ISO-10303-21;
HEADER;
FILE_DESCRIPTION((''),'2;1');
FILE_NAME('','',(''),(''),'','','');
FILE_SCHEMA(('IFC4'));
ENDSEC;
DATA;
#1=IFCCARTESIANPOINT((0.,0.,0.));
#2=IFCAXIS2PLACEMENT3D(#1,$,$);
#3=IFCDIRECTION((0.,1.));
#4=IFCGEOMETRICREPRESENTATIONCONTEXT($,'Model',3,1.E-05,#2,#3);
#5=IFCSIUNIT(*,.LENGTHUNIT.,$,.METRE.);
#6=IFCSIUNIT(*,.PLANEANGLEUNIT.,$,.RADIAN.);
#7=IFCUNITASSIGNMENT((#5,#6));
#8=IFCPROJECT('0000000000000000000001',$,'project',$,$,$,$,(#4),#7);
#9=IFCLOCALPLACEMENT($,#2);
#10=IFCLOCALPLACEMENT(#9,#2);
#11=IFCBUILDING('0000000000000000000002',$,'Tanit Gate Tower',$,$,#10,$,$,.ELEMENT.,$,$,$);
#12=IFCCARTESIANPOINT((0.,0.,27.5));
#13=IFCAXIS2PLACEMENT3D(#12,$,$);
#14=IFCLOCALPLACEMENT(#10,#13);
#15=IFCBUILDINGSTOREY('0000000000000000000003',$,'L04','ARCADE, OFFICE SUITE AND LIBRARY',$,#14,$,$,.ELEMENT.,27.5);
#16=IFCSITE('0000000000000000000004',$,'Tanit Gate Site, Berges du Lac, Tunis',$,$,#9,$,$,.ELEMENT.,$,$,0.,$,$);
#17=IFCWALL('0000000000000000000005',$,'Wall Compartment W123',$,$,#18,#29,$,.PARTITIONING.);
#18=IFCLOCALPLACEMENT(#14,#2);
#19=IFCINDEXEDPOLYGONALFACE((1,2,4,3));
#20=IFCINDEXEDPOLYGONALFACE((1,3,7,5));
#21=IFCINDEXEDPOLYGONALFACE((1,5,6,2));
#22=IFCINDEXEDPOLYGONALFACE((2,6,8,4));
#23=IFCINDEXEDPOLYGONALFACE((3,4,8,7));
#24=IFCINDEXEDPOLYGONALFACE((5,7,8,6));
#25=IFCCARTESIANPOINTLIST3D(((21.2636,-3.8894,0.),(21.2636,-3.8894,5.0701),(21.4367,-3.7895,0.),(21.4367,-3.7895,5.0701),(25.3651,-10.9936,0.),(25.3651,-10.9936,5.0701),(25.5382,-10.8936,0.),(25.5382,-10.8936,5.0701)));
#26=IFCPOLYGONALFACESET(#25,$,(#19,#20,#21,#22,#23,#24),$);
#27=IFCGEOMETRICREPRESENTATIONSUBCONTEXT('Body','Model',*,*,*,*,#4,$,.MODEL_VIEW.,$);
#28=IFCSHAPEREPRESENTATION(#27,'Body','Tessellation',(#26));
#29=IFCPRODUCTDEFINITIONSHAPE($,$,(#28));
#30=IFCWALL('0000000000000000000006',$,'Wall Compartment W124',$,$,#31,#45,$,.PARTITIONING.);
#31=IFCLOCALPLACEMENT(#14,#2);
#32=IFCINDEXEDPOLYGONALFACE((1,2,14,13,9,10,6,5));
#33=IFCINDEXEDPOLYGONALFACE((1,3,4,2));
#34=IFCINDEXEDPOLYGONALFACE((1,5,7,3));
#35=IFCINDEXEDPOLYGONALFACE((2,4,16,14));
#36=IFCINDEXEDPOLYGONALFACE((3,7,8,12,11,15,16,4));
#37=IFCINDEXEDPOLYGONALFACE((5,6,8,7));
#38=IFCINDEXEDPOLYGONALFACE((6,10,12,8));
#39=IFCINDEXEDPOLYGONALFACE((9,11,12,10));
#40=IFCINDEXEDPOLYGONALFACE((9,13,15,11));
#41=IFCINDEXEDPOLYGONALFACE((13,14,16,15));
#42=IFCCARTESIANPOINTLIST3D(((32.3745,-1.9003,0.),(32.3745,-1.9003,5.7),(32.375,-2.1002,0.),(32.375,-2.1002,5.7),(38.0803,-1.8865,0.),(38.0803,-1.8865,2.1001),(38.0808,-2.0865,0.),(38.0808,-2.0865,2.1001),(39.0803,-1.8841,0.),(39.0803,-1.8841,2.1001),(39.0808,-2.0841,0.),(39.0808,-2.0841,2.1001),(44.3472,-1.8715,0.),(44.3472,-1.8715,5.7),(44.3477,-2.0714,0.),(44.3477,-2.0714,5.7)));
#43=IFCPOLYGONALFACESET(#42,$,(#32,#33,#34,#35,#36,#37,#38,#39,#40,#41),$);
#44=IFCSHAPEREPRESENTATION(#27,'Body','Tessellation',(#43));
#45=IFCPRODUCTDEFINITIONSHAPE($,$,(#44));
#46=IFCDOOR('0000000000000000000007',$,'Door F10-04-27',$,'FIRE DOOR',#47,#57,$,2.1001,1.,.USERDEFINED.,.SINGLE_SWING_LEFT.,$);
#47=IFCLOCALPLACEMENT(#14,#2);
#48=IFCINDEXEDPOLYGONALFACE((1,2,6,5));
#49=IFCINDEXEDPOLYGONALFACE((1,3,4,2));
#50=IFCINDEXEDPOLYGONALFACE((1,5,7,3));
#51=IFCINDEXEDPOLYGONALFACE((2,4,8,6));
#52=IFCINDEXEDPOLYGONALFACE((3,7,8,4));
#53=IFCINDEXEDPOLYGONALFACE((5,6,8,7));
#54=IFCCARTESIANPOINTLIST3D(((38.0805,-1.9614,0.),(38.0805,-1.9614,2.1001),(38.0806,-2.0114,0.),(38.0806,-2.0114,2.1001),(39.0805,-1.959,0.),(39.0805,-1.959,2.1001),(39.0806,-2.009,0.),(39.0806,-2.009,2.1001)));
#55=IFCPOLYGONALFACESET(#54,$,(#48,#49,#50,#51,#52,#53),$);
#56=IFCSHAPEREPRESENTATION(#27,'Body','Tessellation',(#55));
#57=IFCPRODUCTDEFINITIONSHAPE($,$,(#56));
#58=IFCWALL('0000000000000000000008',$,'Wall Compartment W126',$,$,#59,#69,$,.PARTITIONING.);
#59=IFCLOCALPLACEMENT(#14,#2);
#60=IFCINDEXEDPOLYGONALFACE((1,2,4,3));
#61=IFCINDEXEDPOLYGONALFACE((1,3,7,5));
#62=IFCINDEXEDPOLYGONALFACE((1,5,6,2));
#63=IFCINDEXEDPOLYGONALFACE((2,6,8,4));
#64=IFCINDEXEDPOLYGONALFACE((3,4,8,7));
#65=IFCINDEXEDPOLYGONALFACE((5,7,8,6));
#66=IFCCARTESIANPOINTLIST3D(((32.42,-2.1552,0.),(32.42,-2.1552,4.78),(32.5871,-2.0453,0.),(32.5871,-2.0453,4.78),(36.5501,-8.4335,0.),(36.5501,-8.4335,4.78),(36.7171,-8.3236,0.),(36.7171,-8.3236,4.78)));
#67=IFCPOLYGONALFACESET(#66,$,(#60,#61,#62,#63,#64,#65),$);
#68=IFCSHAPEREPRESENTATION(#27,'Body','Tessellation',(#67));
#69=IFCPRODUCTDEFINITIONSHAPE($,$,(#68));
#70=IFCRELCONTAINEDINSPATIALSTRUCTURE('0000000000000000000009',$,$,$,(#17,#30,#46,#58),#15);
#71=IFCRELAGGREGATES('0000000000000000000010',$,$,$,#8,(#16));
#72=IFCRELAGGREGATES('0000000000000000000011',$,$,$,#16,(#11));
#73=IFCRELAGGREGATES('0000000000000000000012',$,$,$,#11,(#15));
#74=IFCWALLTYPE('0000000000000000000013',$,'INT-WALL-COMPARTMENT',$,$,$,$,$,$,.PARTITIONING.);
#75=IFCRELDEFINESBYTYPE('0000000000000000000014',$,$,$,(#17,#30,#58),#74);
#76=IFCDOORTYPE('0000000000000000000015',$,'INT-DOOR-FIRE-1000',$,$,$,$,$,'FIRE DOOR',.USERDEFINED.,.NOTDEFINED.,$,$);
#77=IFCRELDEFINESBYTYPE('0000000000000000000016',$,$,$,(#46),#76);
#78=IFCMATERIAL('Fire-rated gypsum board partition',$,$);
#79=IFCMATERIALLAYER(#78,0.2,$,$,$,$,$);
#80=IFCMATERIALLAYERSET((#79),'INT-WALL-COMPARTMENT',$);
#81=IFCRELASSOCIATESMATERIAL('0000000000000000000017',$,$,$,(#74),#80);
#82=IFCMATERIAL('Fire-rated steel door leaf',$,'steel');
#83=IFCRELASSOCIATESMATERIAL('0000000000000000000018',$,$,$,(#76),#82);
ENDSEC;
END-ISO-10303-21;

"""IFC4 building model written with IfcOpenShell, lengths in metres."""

from ifc_helpers import new_model, si_unit, direction, frame, frame_2d, origin, place, context, subcontext, project, spatial, rectangle, extrude, material, layer, layer_set, type_object, element, fill, save


model = new_model("IFC4")

# Units and contexts
model_context = context("Model", 3, precision=1e-05, world=origin(), true_north=direction((0.0, 1.0)))
body_context = subcontext(model_context, "Body", "Model", "MODEL_VIEW")
ifc_project = project(units=[si_unit("LENGTHUNIT", "METRE"), si_unit("PLANEANGLEUNIT", "RADIAN")], contexts=[model_context])

# Site, building, storey
site_placement = place(None, origin())
site = spatial("IfcSite", under=ifc_project, at=site_placement, Name="Tanit Gate Site, Berges du Lac, Tunis", CompositionType="ELEMENT", RefElevation=0.0)
building_placement = place(site_placement, origin())
building = spatial("IfcBuilding", under=site, at=building_placement, Name="Tanit Gate Tower", CompositionType="ELEMENT")
storey_placement = place(building_placement, frame((0.0, 0.0, 27.5)))
storey = spatial("IfcBuildingStorey", under=building, at=storey_placement, Name="L04", Description="ARCADE, OFFICE SUITE AND LIBRARY", CompositionType="ELEMENT", Elevation=27.5)

# Shared definitions
ifc_material_1 = material(Name="Fire-rated gypsum board partition")
ifc_layer_1 = layer(ifc_material_1, 0.2)
ifc_layer_set_1 = layer_set([ifc_layer_1], Name="INT-WALL-COMPARTMENT")
wall_type_1 = type_object("IfcWallType", Name="INT-WALL-COMPARTMENT", PredefinedType="PARTITIONING", material=ifc_layer_set_1)
ifc_material_2 = material(Name="Fire-rated steel door leaf", Category="steel")
door_type = type_object("IfcDoorType", Name="INT-DOOR-FIRE-1000", ElementType="FIRE DOOR", OperationType="NOTDEFINED", PredefinedType="USERDEFINED", material=ifc_material_2)

# Wall
wall_1_placement = place(storey_placement, frame((25.4517, -10.9436, 0.0), z_axis=(0.0, 0.0, 1.0), x_axis=(-0.499993, 0.866029, 0.0)))
element("IfcWall", 1, at=wall_1_placement, inside=storey, type_object=wall_type_1, Name="Wall Compartment W123", PredefinedType="PARTITIONING", context=body_context, shape_type="SweptSolid", body=[
    extrude(rectangle(XDim=8.2031, YDim=0.2, at=frame_2d((4.1016, 0.0))), origin(), (0.0, 0.0, 1.0), 5.0701),
])

# Wall, opening, door
wall_2_placement = place(storey_placement, frame((44.3474, -1.9714, 0.0), z_axis=(0.0, 0.0, 1.0), x_axis=(-0.999997, -0.002406, 0.0)))
wall_2 = element("IfcWall", 2, at=wall_2_placement, inside=storey, type_object=wall_type_1, Name="Wall Compartment W124", PredefinedType="PARTITIONING", context=body_context, shape_type="SweptSolid", body=[
    extrude(rectangle(XDim=11.9727, YDim=0.2, at=frame_2d((5.9863, 0.0))), origin(), (0.0, 0.0, 1.0), 5.7),
])
opening_1_placement = place(wall_2_placement, frame((5.2668, 0.0, 0.0)))
opening_1 = element("IfcOpeningElement", 3, at=opening_1_placement, cuts=wall_2, PredefinedType="OPENING", context=body_context, shape_type="SweptSolid", body=[
    extrude(rectangle(XDim=1.0, YDim=2.1001, at=frame_2d((0.5, 1.05))), frame((0.0, 0.1099, 0.0), z_axis=(0.0, -1.0, 0.0), x_axis=(1.0, 0.0, 0.0)), (0.0, 0.0, 1.0), 0.22),
])
door_1_placement = place(opening_1_placement, origin())
door_1 = element("IfcDoor", 4, at=door_1_placement, inside=storey, type_object=door_type, Name="Door F10-04-27", ObjectType="FIRE DOOR", OperationType="SINGLE_SWING_LEFT", OverallHeight=2.1001, OverallWidth=1.0, PredefinedType="USERDEFINED", context=body_context, shape_type="SweptSolid", body=[
    extrude(rectangle(XDim=1.0, YDim=2.1001, at=frame_2d((0.5, 1.05))), frame((0.0, 0.0249, 0.0), z_axis=(0.0, -1.0, 0.0), x_axis=(1.0, 0.0, 0.0)), (0.0, 0.0, 1.0), 0.05),
])
fill(opening_1, door_1)

# Wall
wall_3_placement = place(storey_placement, frame((36.6335, -8.3784, 0.0), z_axis=(0.0, 0.0, 1.0), x_axis=(-0.549584, 0.835438, 0.0)))
element("IfcWall", 5, at=wall_3_placement, inside=storey, type_object=wall_type_1, Name="Wall Compartment W126", PredefinedType="PARTITIONING", context=body_context, shape_type="SweptSolid", body=[
    extrude(rectangle(XDim=7.5149, YDim=0.2, at=frame_2d((3.7573, 0.0))), origin(), (0.0, 0.0, 1.0), 4.78),
])

save(model, "model.ifc")
